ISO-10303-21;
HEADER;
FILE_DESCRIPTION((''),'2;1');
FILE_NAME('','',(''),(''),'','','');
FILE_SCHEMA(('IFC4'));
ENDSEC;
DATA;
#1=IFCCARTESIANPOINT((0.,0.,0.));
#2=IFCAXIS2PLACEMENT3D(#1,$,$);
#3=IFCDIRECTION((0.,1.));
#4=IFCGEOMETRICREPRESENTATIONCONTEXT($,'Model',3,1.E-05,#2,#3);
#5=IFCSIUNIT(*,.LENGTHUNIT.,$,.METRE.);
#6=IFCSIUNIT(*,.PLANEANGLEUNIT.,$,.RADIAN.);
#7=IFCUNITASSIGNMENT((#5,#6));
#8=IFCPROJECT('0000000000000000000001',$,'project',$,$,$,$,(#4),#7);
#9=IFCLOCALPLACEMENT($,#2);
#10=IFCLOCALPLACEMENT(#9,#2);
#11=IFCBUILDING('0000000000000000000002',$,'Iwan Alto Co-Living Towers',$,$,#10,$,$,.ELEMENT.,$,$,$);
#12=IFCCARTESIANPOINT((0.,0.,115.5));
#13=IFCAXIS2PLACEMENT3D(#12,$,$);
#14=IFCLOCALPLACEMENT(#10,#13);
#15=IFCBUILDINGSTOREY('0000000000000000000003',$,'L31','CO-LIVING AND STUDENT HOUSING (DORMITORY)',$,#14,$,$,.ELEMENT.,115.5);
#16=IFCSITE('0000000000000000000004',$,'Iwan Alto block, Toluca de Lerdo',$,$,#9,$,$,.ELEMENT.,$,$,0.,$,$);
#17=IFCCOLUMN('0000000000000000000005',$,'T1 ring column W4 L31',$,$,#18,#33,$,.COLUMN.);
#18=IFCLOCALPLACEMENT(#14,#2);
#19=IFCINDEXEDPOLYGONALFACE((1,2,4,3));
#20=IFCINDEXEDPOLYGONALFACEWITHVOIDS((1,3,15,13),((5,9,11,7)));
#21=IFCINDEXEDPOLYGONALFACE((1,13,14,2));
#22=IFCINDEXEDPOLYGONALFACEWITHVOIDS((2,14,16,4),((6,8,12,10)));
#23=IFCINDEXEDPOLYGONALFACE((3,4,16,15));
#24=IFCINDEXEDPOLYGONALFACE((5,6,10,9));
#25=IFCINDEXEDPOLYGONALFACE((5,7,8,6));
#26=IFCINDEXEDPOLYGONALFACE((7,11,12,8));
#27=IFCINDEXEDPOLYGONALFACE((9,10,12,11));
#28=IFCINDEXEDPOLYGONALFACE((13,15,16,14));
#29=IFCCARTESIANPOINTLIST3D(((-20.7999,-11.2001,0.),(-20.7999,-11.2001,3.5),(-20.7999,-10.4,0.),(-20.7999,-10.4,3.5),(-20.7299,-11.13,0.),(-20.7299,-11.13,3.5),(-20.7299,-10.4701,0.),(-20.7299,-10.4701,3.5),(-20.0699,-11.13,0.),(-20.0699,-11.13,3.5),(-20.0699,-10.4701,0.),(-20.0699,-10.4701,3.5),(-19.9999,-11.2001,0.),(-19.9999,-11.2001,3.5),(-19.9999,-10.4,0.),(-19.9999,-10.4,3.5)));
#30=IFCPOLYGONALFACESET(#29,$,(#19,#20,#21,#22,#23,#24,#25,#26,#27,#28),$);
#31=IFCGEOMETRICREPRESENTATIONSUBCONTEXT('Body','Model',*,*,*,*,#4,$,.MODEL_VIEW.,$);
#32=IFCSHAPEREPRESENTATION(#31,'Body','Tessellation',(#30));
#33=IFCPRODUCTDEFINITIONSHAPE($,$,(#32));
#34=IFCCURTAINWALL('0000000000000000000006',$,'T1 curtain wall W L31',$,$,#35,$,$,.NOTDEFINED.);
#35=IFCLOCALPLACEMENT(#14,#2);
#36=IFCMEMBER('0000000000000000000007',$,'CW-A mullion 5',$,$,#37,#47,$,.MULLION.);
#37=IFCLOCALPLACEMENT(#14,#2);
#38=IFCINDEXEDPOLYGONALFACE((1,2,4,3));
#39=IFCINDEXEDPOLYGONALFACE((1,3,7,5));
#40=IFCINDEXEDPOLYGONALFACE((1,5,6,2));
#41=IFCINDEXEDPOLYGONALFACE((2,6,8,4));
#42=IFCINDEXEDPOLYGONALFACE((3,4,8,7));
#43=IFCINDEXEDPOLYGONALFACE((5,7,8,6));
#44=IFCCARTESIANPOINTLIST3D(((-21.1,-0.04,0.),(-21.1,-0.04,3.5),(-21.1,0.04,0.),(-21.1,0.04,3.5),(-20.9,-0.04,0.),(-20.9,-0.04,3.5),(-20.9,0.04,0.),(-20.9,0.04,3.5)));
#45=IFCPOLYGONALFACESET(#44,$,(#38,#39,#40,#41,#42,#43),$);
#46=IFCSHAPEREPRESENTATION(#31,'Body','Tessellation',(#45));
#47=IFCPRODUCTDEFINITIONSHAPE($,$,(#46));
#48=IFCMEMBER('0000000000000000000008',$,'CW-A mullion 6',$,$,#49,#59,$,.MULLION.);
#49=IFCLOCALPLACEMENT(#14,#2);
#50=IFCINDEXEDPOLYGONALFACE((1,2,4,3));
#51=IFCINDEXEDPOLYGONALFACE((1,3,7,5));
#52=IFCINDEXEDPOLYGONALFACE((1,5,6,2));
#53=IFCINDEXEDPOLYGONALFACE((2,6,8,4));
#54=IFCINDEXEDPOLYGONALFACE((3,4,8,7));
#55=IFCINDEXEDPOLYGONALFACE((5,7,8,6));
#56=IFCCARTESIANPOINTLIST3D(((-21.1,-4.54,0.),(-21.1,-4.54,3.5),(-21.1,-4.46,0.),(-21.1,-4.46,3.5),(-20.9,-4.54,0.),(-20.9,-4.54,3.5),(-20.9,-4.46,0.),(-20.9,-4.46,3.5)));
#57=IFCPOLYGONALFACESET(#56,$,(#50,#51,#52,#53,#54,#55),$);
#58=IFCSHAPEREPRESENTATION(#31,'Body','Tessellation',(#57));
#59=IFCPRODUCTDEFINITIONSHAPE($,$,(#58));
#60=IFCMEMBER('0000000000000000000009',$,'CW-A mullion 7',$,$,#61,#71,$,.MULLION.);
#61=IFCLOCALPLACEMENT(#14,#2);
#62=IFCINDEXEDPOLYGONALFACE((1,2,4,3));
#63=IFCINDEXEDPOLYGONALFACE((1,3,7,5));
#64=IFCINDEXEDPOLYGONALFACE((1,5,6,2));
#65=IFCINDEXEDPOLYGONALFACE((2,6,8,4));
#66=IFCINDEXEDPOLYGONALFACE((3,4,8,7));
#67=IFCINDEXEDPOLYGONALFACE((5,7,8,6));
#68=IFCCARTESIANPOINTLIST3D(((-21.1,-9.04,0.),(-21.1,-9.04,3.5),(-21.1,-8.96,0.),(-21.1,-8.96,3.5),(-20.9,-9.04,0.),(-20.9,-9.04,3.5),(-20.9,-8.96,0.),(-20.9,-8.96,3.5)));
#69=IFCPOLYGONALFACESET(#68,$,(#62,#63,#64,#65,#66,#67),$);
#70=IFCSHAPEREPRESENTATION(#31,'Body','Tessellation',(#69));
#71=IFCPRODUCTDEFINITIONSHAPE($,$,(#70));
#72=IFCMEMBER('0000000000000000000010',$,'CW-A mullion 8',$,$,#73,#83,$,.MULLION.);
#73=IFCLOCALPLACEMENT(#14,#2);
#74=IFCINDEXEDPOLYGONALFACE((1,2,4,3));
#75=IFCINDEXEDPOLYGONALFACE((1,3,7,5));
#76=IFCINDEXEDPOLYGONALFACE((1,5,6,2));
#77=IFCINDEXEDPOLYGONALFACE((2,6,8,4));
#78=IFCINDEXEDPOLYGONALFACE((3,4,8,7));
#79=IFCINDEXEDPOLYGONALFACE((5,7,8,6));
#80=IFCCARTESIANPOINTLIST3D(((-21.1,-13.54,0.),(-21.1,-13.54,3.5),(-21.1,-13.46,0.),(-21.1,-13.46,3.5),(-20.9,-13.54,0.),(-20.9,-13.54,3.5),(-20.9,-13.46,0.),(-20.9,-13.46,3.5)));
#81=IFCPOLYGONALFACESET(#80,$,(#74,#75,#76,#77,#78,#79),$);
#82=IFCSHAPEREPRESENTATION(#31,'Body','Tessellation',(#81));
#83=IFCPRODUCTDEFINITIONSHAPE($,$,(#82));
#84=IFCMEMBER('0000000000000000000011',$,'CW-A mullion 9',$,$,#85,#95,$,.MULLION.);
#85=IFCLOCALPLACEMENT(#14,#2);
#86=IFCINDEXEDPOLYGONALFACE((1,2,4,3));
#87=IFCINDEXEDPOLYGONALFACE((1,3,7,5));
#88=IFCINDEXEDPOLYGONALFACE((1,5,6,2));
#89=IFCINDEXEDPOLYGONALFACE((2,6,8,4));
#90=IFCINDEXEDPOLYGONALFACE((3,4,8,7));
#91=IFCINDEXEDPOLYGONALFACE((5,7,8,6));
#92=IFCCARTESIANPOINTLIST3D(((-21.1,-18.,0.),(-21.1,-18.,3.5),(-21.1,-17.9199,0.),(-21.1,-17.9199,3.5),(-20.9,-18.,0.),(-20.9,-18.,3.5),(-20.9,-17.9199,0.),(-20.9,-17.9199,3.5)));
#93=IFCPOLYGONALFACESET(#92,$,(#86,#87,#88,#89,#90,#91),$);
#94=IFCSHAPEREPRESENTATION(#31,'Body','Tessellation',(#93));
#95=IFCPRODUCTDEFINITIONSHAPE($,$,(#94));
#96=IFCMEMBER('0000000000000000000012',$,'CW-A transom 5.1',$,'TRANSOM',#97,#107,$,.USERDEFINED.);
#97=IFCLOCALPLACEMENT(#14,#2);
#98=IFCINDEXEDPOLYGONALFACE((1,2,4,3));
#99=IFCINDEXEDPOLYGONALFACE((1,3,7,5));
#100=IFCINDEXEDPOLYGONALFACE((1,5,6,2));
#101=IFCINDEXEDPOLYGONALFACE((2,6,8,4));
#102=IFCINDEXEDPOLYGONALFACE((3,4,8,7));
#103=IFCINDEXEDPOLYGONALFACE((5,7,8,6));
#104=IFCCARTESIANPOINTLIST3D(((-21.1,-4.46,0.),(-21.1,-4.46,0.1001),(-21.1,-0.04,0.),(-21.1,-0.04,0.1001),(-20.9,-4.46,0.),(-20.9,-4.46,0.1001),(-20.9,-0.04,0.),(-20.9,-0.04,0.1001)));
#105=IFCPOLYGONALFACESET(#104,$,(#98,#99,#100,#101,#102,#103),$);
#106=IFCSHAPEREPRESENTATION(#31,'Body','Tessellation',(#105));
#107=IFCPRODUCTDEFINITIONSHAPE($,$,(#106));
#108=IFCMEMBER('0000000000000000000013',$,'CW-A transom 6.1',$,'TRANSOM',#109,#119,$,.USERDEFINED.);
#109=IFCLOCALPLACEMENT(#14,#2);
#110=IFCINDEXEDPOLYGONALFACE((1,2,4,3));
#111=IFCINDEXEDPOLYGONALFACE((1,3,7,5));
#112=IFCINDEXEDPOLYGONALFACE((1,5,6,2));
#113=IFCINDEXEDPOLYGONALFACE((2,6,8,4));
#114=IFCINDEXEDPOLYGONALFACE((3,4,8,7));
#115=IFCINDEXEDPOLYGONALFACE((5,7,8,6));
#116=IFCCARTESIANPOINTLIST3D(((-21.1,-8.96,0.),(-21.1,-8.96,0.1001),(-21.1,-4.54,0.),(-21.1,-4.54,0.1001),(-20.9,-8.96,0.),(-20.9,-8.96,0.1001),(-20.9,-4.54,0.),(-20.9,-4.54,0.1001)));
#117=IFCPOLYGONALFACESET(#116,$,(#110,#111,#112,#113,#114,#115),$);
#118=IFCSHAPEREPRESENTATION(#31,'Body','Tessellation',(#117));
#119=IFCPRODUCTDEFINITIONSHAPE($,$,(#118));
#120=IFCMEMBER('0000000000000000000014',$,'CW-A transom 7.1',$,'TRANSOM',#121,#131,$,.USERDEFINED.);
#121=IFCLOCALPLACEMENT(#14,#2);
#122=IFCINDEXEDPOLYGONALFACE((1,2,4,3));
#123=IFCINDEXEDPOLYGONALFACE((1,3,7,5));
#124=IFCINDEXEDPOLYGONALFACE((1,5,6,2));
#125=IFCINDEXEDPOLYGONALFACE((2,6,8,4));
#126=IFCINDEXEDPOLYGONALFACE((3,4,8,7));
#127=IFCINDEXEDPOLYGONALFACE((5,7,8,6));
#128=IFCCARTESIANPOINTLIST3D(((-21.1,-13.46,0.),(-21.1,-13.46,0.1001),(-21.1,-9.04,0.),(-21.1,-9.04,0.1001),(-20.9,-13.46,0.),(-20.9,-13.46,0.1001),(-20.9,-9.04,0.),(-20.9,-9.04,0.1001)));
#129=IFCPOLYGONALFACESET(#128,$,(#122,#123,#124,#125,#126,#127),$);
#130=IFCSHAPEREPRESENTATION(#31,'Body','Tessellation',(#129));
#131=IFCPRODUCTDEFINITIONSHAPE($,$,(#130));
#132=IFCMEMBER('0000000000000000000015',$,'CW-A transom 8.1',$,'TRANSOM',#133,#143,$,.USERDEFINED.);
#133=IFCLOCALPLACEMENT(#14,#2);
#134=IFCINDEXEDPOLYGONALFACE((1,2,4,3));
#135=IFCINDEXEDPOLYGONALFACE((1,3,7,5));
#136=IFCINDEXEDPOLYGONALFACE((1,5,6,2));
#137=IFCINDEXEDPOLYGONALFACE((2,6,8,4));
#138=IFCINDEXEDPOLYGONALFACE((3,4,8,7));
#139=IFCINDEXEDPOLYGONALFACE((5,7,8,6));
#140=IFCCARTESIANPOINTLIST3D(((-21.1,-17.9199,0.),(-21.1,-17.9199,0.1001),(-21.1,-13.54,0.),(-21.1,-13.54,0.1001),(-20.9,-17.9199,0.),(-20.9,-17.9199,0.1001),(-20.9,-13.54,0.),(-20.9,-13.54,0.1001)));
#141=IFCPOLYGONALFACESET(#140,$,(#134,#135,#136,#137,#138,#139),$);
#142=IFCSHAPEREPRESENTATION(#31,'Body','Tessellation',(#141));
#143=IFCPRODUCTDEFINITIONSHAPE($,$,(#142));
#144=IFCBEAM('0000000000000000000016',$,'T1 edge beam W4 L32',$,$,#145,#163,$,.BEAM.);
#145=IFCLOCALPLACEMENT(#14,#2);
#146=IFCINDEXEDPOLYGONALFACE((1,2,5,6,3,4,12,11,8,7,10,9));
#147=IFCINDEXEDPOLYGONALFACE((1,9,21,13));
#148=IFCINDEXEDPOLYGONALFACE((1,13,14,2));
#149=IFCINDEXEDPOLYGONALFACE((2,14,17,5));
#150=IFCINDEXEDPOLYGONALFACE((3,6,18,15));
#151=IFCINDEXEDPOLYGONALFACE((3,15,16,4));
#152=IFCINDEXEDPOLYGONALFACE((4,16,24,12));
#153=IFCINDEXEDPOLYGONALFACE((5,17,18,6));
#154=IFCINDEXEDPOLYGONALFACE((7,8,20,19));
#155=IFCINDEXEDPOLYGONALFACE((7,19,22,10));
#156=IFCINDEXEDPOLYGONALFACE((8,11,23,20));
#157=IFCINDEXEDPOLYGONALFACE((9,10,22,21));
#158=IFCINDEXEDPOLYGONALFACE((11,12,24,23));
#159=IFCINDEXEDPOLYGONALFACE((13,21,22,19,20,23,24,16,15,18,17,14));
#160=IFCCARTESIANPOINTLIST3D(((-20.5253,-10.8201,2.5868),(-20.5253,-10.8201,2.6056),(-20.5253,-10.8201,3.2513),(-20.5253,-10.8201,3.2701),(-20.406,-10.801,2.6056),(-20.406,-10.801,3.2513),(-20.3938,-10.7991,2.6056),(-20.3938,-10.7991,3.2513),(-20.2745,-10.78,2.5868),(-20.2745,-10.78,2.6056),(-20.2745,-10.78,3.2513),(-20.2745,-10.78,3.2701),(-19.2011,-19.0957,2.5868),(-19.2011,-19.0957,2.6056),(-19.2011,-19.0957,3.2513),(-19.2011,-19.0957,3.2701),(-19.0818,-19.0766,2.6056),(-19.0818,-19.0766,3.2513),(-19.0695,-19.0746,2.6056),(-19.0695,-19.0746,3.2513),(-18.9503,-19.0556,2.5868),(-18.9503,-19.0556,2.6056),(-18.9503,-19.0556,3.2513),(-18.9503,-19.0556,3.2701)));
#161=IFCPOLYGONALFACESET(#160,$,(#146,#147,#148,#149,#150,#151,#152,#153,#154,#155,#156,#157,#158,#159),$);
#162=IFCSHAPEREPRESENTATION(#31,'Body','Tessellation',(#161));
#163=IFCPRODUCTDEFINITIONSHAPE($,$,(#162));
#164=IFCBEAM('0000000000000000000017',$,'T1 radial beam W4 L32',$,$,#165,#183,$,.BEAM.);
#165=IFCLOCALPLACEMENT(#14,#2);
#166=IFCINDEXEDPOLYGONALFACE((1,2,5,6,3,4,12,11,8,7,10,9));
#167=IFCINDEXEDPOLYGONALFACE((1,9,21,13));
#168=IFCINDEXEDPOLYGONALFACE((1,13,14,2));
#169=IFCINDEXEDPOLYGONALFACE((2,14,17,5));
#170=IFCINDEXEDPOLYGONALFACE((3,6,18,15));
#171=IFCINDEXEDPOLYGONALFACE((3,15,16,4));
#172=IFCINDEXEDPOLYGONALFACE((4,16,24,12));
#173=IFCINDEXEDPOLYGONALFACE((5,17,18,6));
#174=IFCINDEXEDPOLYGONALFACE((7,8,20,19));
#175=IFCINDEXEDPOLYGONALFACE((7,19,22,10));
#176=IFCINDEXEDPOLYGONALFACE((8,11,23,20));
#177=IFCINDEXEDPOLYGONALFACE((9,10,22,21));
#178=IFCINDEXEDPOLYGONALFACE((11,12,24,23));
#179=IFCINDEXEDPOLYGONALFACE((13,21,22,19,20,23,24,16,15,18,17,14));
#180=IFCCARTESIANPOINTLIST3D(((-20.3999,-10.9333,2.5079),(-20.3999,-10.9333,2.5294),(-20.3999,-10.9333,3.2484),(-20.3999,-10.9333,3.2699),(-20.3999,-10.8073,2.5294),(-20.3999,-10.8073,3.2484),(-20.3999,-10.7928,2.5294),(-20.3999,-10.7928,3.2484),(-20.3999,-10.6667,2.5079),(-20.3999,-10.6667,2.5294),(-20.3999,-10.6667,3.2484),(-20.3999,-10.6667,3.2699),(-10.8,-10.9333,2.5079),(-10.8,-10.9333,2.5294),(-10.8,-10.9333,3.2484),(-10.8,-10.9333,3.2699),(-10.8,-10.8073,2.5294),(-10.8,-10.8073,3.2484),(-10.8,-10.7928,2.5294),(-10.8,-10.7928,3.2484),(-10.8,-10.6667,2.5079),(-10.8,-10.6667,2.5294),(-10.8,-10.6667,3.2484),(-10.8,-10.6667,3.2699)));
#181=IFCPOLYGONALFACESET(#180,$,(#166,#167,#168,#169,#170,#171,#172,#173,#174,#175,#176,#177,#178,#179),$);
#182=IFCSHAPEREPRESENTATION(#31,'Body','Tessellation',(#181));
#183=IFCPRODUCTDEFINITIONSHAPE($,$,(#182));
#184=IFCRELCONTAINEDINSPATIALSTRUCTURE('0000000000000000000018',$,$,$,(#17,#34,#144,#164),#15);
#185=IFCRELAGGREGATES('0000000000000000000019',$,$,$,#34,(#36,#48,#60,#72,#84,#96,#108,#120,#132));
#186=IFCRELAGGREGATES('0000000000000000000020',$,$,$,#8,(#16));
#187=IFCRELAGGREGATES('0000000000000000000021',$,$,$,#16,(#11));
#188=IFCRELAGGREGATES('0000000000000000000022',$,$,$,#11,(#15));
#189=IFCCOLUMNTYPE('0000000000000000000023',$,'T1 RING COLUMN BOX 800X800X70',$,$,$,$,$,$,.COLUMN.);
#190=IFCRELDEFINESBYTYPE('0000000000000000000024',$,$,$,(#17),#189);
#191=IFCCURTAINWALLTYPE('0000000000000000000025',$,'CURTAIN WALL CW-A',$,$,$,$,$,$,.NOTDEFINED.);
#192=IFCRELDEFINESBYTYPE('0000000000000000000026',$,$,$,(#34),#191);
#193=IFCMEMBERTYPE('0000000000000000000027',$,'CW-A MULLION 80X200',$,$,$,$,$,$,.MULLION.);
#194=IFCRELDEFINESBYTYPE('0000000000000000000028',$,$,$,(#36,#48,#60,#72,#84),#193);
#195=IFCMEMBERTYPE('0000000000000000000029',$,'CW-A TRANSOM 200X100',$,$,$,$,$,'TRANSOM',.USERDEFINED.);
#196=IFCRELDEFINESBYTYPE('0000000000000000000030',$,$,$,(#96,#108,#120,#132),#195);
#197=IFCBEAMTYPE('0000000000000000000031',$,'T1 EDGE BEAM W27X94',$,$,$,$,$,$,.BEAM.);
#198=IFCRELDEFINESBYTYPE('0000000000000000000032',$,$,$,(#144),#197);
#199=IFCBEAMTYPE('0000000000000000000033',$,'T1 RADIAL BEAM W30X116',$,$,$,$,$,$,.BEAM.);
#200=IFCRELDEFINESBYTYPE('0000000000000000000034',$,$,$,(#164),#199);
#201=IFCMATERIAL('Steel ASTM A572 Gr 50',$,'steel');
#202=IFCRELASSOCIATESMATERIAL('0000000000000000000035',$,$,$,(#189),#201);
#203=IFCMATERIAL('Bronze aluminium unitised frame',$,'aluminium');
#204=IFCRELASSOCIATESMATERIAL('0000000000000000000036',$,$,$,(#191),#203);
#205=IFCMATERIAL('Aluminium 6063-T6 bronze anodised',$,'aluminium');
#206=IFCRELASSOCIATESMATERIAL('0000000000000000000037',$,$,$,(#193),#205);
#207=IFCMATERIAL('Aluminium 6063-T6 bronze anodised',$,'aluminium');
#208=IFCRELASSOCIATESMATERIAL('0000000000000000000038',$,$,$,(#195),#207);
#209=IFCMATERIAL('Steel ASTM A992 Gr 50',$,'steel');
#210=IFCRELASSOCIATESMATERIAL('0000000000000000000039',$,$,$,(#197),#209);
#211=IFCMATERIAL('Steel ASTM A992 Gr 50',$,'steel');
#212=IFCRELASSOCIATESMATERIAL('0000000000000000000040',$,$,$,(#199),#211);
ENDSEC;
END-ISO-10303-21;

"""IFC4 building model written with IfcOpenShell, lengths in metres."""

from ifc_helpers import new_model, si_unit, direction, frame, origin, origin_2d, place, context, subcontext, project, spatial, rectangle, hollow_rectangle, i_section, extrude, material, material_profile, profile_set, type_object, element, aggregate, save


model = new_model("IFC4")

# Units and contexts
model_context = context("Model", 3, precision=1e-05, world=origin(), true_north=direction((0.0, 1.0)))
body_context = subcontext(model_context, "Body", "Model", "MODEL_VIEW")
ifc_project = project(units=[si_unit("LENGTHUNIT", "METRE"), si_unit("PLANEANGLEUNIT", "RADIAN")], contexts=[model_context])

# Site, building, storey
site_placement = place(None, origin())
site = spatial("IfcSite", under=ifc_project, at=site_placement, Name="Iwan Alto block, Toluca de Lerdo", CompositionType="ELEMENT", RefElevation=0.0)
building_placement = place(site_placement, origin())
building = spatial("IfcBuilding", under=site, at=building_placement, Name="Iwan Alto Co-Living Towers", CompositionType="ELEMENT")
storey_placement = place(building_placement, frame((0.0, 0.0, 115.5)))
storey = spatial("IfcBuildingStorey", under=building, at=storey_placement, Name="L31", Description="CO-LIVING AND STUDENT HOUSING (DORMITORY)", CompositionType="ELEMENT", Elevation=115.5)

# Column
ifc_material_1 = material(Name="Steel ASTM A572 Gr 50", Category="steel")
ifc_material_profile_1 = material_profile(ifc_material_1, hollow_rectangle(XDim=0.8, YDim=0.8, WallThickness=0.0701, at=origin_2d()), Name="BOX 800X800X70")
ifc_profile_set_1 = profile_set([ifc_material_profile_1], Name="Steel ASTM A572 Gr 50")
column_type = type_object("IfcColumnType", Name="T1 RING COLUMN BOX 800X800X70", PredefinedType="COLUMN", material=ifc_profile_set_1)
column_placement = place(storey_placement, frame((-20.3999, -10.8, 0.0), z_axis=(0.0, 0.0, 1.0), x_axis=(1.0, 0.0, 0.0)))
element("IfcColumn", 1, at=column_placement, inside=storey, type_object=column_type, Name="T1 ring column W4 L31", PredefinedType="COLUMN", context=body_context, shape_type="SweptSolid", body=[
    extrude(hollow_rectangle(XDim=0.8, YDim=0.8, WallThickness=0.0701, at=origin_2d()), origin(), (0.0, 0.0, 1.0), 3.5),
])

# Curtain wall, members
ifc_material_2 = material(Name="Bronze aluminium unitised frame", Category="aluminium")
curtain_wall_type = type_object("IfcCurtainWallType", Name="CURTAIN WALL CW-A", PredefinedType="NOTDEFINED", material=ifc_material_2)
curtain_wall_placement = place(storey_placement, origin())
curtain_wall = element("IfcCurtainWall", 2, at=curtain_wall_placement, inside=storey, type_object=curtain_wall_type, Name="T1 curtain wall W L31", PredefinedType="NOTDEFINED")
ifc_material_3 = material(Name="Aluminium 6063-T6 bronze anodised", Category="aluminium")
ifc_material_profile_2 = material_profile(ifc_material_3, rectangle(XDim=0.2, YDim=0.0801, at=origin_2d()), Name="AL 80X200")
ifc_profile_set_2 = profile_set([ifc_material_profile_2], Name="Aluminium 6063-T6 bronze anodised")
member_type_1 = type_object("IfcMemberType", Name="CW-A MULLION 80X200", PredefinedType="MULLION", material=ifc_profile_set_2)
member_1_placement = place(storey_placement, frame((-21.0, 0.0, 0.0), z_axis=(0.0, 0.0, 1.0), x_axis=(1.0, 0.0, 0.0)))
member_1 = element("IfcMember", 3, at=member_1_placement, type_object=member_type_1, Name="CW-A mullion 5", PredefinedType="MULLION", context=body_context, shape_type="SweptSolid", body=[
    extrude(rectangle(XDim=0.2, YDim=0.0801, at=origin_2d()), origin(), (0.0, 0.0, 1.0), 3.5),
])
member_2_placement = place(storey_placement, frame((-21.0, -4.5, 0.0), z_axis=(0.0, 0.0, 1.0), x_axis=(1.0, 0.0, 0.0)))
member_2 = element("IfcMember", 4, at=member_2_placement, type_object=member_type_1, Name="CW-A mullion 6", PredefinedType="MULLION", context=body_context, shape_type="SweptSolid", body=[
    extrude(rectangle(XDim=0.2, YDim=0.0801, at=origin_2d()), origin(), (0.0, 0.0, 1.0), 3.5),
])
member_3_placement = place(storey_placement, frame((-21.0, -9.0, 0.0), z_axis=(0.0, 0.0, 1.0), x_axis=(1.0, 0.0, 0.0)))
member_3 = element("IfcMember", 5, at=member_3_placement, type_object=member_type_1, Name="CW-A mullion 7", PredefinedType="MULLION", context=body_context, shape_type="SweptSolid", body=[
    extrude(rectangle(XDim=0.2, YDim=0.0801, at=origin_2d()), origin(), (0.0, 0.0, 1.0), 3.5),
])
member_4_placement = place(storey_placement, frame((-21.0, -13.5, 0.0), z_axis=(0.0, 0.0, 1.0), x_axis=(1.0, 0.0, 0.0)))
member_4 = element("IfcMember", 6, at=member_4_placement, type_object=member_type_1, Name="CW-A mullion 8", PredefinedType="MULLION", context=body_context, shape_type="SweptSolid", body=[
    extrude(rectangle(XDim=0.2, YDim=0.0801, at=origin_2d()), origin(), (0.0, 0.0, 1.0), 3.5),
])
member_5_placement = place(storey_placement, frame((-21.0, -17.96, 0.0), z_axis=(0.0, 0.0, 1.0), x_axis=(1.0, 0.0, 0.0)))
member_5 = element("IfcMember", 7, at=member_5_placement, type_object=member_type_1, Name="CW-A mullion 9", PredefinedType="MULLION", context=body_context, shape_type="SweptSolid", body=[
    extrude(rectangle(XDim=0.2, YDim=0.0801, at=origin_2d()), origin(), (0.0, 0.0, 1.0), 3.5),
])
ifc_material_4 = material(Name="Aluminium 6063-T6 bronze anodised", Category="aluminium")
ifc_material_profile_3 = material_profile(ifc_material_4, rectangle(XDim=0.2, YDim=0.1001, at=origin_2d()), Name="AL 200X100")
ifc_profile_set_3 = profile_set([ifc_material_profile_3], Name="Aluminium 6063-T6 bronze anodised")
member_type_2 = type_object("IfcMemberType", Name="CW-A TRANSOM 200X100", ElementType="TRANSOM", PredefinedType="USERDEFINED", material=ifc_profile_set_3)
member_6_placement = place(storey_placement, frame((-21.0, -0.04, 0.05), z_axis=(0.0, -1.0, 0.0), x_axis=(1.0, 0.0, 0.0)))
member_6 = element("IfcMember", 8, at=member_6_placement, type_object=member_type_2, Name="CW-A transom 5.1", ObjectType="TRANSOM", PredefinedType="USERDEFINED", context=body_context, shape_type="SweptSolid", body=[
    extrude(rectangle(XDim=0.2, YDim=0.1001, at=origin_2d()), origin(), (0.0, 0.0, 1.0), 4.4199),
])
member_7_placement = place(storey_placement, frame((-21.0, -4.54, 0.05), z_axis=(0.0, -1.0, 0.0), x_axis=(1.0, 0.0, 0.0)))
member_7 = element("IfcMember", 9, at=member_7_placement, type_object=member_type_2, Name="CW-A transom 6.1", ObjectType="TRANSOM", PredefinedType="USERDEFINED", context=body_context, shape_type="SweptSolid", body=[
    extrude(rectangle(XDim=0.2, YDim=0.1001, at=origin_2d()), origin(), (0.0, 0.0, 1.0), 4.4199),
])
member_8_placement = place(storey_placement, frame((-21.0, -9.04, 0.05), z_axis=(0.0, -1.0, 0.0), x_axis=(1.0, 0.0, 0.0)))
member_8 = element("IfcMember", 10, at=member_8_placement, type_object=member_type_2, Name="CW-A transom 7.1", ObjectType="TRANSOM", PredefinedType="USERDEFINED", context=body_context, shape_type="SweptSolid", body=[
    extrude(rectangle(XDim=0.2, YDim=0.1001, at=origin_2d()), origin(), (0.0, 0.0, 1.0), 4.4199),
])
member_9_placement = place(storey_placement, frame((-21.0, -13.54, 0.05), z_axis=(0.0, -1.0, 0.0), x_axis=(1.0, 0.0, 0.0)))
member_9 = element("IfcMember", 11, at=member_9_placement, type_object=member_type_2, Name="CW-A transom 8.1", ObjectType="TRANSOM", PredefinedType="USERDEFINED", context=body_context, shape_type="SweptSolid", body=[
    extrude(rectangle(XDim=0.2, YDim=0.1001, at=origin_2d()), origin(), (0.0, 0.0, 1.0), 4.3799),
])

# Beams
ifc_material_5 = material(Name="Steel ASTM A992 Gr 50", Category="steel")
ifc_material_profile_4 = material_profile(ifc_material_5, i_section(OverallWidth=0.2539, OverallDepth=0.6833, WebThickness=0.0125, FlangeThickness=0.0188, at=origin_2d()), Name="W27X94")
ifc_profile_set_4 = profile_set([ifc_material_profile_4], Name="Steel ASTM A992 Gr 50")
beam_type_1 = type_object("IfcBeamType", Name="T1 EDGE BEAM W27X94", PredefinedType="BEAM", material=ifc_profile_set_4)
beam_1_placement = place(storey_placement, frame((-20.3999, -10.8, 2.9285), z_axis=(0.158004, -0.987438, 0.0), x_axis=(0.987438, 0.158004, 0.0)))
element("IfcBeam", 12, at=beam_1_placement, inside=storey, type_object=beam_type_1, Name="T1 edge beam W4 L32", PredefinedType="BEAM", context=body_context, shape_type="SweptSolid", body=[
    extrude(i_section(OverallWidth=0.2539, OverallDepth=0.6833, WebThickness=0.0125, FlangeThickness=0.0188, at=origin_2d()), origin(), (0.0, 0.0, 1.0), 8.3809),
])
ifc_material_6 = material(Name="Steel ASTM A992 Gr 50", Category="steel")
ifc_material_profile_5 = material_profile(ifc_material_6, i_section(OverallWidth=0.2666, OverallDepth=0.762, WebThickness=0.0144, FlangeThickness=0.0215, at=origin_2d()), Name="W30X116")
ifc_profile_set_5 = profile_set([ifc_material_profile_5], Name="Steel ASTM A992 Gr 50")
beam_type_2 = type_object("IfcBeamType", Name="T1 RADIAL BEAM W30X116", PredefinedType="BEAM", material=ifc_profile_set_5)
beam_2_placement = place(storey_placement, frame((-20.3999, -10.8, 2.8889), z_axis=(1.0, 0.0, 0.0), x_axis=(0.0, 1.0, 0.0)))
element("IfcBeam", 13, at=beam_2_placement, inside=storey, type_object=beam_type_2, Name="T1 radial beam W4 L32", PredefinedType="BEAM", context=body_context, shape_type="SweptSolid", body=[
    extrude(i_section(OverallWidth=0.2666, OverallDepth=0.762, WebThickness=0.0144, FlangeThickness=0.0215, at=origin_2d()), origin(), (0.0, 0.0, 1.0), 9.5999),
])

aggregate(curtain_wall, [member_1, member_2, member_3, member_4, member_5, member_6, member_7, member_8, member_9])

save(model, "model.ifc")
